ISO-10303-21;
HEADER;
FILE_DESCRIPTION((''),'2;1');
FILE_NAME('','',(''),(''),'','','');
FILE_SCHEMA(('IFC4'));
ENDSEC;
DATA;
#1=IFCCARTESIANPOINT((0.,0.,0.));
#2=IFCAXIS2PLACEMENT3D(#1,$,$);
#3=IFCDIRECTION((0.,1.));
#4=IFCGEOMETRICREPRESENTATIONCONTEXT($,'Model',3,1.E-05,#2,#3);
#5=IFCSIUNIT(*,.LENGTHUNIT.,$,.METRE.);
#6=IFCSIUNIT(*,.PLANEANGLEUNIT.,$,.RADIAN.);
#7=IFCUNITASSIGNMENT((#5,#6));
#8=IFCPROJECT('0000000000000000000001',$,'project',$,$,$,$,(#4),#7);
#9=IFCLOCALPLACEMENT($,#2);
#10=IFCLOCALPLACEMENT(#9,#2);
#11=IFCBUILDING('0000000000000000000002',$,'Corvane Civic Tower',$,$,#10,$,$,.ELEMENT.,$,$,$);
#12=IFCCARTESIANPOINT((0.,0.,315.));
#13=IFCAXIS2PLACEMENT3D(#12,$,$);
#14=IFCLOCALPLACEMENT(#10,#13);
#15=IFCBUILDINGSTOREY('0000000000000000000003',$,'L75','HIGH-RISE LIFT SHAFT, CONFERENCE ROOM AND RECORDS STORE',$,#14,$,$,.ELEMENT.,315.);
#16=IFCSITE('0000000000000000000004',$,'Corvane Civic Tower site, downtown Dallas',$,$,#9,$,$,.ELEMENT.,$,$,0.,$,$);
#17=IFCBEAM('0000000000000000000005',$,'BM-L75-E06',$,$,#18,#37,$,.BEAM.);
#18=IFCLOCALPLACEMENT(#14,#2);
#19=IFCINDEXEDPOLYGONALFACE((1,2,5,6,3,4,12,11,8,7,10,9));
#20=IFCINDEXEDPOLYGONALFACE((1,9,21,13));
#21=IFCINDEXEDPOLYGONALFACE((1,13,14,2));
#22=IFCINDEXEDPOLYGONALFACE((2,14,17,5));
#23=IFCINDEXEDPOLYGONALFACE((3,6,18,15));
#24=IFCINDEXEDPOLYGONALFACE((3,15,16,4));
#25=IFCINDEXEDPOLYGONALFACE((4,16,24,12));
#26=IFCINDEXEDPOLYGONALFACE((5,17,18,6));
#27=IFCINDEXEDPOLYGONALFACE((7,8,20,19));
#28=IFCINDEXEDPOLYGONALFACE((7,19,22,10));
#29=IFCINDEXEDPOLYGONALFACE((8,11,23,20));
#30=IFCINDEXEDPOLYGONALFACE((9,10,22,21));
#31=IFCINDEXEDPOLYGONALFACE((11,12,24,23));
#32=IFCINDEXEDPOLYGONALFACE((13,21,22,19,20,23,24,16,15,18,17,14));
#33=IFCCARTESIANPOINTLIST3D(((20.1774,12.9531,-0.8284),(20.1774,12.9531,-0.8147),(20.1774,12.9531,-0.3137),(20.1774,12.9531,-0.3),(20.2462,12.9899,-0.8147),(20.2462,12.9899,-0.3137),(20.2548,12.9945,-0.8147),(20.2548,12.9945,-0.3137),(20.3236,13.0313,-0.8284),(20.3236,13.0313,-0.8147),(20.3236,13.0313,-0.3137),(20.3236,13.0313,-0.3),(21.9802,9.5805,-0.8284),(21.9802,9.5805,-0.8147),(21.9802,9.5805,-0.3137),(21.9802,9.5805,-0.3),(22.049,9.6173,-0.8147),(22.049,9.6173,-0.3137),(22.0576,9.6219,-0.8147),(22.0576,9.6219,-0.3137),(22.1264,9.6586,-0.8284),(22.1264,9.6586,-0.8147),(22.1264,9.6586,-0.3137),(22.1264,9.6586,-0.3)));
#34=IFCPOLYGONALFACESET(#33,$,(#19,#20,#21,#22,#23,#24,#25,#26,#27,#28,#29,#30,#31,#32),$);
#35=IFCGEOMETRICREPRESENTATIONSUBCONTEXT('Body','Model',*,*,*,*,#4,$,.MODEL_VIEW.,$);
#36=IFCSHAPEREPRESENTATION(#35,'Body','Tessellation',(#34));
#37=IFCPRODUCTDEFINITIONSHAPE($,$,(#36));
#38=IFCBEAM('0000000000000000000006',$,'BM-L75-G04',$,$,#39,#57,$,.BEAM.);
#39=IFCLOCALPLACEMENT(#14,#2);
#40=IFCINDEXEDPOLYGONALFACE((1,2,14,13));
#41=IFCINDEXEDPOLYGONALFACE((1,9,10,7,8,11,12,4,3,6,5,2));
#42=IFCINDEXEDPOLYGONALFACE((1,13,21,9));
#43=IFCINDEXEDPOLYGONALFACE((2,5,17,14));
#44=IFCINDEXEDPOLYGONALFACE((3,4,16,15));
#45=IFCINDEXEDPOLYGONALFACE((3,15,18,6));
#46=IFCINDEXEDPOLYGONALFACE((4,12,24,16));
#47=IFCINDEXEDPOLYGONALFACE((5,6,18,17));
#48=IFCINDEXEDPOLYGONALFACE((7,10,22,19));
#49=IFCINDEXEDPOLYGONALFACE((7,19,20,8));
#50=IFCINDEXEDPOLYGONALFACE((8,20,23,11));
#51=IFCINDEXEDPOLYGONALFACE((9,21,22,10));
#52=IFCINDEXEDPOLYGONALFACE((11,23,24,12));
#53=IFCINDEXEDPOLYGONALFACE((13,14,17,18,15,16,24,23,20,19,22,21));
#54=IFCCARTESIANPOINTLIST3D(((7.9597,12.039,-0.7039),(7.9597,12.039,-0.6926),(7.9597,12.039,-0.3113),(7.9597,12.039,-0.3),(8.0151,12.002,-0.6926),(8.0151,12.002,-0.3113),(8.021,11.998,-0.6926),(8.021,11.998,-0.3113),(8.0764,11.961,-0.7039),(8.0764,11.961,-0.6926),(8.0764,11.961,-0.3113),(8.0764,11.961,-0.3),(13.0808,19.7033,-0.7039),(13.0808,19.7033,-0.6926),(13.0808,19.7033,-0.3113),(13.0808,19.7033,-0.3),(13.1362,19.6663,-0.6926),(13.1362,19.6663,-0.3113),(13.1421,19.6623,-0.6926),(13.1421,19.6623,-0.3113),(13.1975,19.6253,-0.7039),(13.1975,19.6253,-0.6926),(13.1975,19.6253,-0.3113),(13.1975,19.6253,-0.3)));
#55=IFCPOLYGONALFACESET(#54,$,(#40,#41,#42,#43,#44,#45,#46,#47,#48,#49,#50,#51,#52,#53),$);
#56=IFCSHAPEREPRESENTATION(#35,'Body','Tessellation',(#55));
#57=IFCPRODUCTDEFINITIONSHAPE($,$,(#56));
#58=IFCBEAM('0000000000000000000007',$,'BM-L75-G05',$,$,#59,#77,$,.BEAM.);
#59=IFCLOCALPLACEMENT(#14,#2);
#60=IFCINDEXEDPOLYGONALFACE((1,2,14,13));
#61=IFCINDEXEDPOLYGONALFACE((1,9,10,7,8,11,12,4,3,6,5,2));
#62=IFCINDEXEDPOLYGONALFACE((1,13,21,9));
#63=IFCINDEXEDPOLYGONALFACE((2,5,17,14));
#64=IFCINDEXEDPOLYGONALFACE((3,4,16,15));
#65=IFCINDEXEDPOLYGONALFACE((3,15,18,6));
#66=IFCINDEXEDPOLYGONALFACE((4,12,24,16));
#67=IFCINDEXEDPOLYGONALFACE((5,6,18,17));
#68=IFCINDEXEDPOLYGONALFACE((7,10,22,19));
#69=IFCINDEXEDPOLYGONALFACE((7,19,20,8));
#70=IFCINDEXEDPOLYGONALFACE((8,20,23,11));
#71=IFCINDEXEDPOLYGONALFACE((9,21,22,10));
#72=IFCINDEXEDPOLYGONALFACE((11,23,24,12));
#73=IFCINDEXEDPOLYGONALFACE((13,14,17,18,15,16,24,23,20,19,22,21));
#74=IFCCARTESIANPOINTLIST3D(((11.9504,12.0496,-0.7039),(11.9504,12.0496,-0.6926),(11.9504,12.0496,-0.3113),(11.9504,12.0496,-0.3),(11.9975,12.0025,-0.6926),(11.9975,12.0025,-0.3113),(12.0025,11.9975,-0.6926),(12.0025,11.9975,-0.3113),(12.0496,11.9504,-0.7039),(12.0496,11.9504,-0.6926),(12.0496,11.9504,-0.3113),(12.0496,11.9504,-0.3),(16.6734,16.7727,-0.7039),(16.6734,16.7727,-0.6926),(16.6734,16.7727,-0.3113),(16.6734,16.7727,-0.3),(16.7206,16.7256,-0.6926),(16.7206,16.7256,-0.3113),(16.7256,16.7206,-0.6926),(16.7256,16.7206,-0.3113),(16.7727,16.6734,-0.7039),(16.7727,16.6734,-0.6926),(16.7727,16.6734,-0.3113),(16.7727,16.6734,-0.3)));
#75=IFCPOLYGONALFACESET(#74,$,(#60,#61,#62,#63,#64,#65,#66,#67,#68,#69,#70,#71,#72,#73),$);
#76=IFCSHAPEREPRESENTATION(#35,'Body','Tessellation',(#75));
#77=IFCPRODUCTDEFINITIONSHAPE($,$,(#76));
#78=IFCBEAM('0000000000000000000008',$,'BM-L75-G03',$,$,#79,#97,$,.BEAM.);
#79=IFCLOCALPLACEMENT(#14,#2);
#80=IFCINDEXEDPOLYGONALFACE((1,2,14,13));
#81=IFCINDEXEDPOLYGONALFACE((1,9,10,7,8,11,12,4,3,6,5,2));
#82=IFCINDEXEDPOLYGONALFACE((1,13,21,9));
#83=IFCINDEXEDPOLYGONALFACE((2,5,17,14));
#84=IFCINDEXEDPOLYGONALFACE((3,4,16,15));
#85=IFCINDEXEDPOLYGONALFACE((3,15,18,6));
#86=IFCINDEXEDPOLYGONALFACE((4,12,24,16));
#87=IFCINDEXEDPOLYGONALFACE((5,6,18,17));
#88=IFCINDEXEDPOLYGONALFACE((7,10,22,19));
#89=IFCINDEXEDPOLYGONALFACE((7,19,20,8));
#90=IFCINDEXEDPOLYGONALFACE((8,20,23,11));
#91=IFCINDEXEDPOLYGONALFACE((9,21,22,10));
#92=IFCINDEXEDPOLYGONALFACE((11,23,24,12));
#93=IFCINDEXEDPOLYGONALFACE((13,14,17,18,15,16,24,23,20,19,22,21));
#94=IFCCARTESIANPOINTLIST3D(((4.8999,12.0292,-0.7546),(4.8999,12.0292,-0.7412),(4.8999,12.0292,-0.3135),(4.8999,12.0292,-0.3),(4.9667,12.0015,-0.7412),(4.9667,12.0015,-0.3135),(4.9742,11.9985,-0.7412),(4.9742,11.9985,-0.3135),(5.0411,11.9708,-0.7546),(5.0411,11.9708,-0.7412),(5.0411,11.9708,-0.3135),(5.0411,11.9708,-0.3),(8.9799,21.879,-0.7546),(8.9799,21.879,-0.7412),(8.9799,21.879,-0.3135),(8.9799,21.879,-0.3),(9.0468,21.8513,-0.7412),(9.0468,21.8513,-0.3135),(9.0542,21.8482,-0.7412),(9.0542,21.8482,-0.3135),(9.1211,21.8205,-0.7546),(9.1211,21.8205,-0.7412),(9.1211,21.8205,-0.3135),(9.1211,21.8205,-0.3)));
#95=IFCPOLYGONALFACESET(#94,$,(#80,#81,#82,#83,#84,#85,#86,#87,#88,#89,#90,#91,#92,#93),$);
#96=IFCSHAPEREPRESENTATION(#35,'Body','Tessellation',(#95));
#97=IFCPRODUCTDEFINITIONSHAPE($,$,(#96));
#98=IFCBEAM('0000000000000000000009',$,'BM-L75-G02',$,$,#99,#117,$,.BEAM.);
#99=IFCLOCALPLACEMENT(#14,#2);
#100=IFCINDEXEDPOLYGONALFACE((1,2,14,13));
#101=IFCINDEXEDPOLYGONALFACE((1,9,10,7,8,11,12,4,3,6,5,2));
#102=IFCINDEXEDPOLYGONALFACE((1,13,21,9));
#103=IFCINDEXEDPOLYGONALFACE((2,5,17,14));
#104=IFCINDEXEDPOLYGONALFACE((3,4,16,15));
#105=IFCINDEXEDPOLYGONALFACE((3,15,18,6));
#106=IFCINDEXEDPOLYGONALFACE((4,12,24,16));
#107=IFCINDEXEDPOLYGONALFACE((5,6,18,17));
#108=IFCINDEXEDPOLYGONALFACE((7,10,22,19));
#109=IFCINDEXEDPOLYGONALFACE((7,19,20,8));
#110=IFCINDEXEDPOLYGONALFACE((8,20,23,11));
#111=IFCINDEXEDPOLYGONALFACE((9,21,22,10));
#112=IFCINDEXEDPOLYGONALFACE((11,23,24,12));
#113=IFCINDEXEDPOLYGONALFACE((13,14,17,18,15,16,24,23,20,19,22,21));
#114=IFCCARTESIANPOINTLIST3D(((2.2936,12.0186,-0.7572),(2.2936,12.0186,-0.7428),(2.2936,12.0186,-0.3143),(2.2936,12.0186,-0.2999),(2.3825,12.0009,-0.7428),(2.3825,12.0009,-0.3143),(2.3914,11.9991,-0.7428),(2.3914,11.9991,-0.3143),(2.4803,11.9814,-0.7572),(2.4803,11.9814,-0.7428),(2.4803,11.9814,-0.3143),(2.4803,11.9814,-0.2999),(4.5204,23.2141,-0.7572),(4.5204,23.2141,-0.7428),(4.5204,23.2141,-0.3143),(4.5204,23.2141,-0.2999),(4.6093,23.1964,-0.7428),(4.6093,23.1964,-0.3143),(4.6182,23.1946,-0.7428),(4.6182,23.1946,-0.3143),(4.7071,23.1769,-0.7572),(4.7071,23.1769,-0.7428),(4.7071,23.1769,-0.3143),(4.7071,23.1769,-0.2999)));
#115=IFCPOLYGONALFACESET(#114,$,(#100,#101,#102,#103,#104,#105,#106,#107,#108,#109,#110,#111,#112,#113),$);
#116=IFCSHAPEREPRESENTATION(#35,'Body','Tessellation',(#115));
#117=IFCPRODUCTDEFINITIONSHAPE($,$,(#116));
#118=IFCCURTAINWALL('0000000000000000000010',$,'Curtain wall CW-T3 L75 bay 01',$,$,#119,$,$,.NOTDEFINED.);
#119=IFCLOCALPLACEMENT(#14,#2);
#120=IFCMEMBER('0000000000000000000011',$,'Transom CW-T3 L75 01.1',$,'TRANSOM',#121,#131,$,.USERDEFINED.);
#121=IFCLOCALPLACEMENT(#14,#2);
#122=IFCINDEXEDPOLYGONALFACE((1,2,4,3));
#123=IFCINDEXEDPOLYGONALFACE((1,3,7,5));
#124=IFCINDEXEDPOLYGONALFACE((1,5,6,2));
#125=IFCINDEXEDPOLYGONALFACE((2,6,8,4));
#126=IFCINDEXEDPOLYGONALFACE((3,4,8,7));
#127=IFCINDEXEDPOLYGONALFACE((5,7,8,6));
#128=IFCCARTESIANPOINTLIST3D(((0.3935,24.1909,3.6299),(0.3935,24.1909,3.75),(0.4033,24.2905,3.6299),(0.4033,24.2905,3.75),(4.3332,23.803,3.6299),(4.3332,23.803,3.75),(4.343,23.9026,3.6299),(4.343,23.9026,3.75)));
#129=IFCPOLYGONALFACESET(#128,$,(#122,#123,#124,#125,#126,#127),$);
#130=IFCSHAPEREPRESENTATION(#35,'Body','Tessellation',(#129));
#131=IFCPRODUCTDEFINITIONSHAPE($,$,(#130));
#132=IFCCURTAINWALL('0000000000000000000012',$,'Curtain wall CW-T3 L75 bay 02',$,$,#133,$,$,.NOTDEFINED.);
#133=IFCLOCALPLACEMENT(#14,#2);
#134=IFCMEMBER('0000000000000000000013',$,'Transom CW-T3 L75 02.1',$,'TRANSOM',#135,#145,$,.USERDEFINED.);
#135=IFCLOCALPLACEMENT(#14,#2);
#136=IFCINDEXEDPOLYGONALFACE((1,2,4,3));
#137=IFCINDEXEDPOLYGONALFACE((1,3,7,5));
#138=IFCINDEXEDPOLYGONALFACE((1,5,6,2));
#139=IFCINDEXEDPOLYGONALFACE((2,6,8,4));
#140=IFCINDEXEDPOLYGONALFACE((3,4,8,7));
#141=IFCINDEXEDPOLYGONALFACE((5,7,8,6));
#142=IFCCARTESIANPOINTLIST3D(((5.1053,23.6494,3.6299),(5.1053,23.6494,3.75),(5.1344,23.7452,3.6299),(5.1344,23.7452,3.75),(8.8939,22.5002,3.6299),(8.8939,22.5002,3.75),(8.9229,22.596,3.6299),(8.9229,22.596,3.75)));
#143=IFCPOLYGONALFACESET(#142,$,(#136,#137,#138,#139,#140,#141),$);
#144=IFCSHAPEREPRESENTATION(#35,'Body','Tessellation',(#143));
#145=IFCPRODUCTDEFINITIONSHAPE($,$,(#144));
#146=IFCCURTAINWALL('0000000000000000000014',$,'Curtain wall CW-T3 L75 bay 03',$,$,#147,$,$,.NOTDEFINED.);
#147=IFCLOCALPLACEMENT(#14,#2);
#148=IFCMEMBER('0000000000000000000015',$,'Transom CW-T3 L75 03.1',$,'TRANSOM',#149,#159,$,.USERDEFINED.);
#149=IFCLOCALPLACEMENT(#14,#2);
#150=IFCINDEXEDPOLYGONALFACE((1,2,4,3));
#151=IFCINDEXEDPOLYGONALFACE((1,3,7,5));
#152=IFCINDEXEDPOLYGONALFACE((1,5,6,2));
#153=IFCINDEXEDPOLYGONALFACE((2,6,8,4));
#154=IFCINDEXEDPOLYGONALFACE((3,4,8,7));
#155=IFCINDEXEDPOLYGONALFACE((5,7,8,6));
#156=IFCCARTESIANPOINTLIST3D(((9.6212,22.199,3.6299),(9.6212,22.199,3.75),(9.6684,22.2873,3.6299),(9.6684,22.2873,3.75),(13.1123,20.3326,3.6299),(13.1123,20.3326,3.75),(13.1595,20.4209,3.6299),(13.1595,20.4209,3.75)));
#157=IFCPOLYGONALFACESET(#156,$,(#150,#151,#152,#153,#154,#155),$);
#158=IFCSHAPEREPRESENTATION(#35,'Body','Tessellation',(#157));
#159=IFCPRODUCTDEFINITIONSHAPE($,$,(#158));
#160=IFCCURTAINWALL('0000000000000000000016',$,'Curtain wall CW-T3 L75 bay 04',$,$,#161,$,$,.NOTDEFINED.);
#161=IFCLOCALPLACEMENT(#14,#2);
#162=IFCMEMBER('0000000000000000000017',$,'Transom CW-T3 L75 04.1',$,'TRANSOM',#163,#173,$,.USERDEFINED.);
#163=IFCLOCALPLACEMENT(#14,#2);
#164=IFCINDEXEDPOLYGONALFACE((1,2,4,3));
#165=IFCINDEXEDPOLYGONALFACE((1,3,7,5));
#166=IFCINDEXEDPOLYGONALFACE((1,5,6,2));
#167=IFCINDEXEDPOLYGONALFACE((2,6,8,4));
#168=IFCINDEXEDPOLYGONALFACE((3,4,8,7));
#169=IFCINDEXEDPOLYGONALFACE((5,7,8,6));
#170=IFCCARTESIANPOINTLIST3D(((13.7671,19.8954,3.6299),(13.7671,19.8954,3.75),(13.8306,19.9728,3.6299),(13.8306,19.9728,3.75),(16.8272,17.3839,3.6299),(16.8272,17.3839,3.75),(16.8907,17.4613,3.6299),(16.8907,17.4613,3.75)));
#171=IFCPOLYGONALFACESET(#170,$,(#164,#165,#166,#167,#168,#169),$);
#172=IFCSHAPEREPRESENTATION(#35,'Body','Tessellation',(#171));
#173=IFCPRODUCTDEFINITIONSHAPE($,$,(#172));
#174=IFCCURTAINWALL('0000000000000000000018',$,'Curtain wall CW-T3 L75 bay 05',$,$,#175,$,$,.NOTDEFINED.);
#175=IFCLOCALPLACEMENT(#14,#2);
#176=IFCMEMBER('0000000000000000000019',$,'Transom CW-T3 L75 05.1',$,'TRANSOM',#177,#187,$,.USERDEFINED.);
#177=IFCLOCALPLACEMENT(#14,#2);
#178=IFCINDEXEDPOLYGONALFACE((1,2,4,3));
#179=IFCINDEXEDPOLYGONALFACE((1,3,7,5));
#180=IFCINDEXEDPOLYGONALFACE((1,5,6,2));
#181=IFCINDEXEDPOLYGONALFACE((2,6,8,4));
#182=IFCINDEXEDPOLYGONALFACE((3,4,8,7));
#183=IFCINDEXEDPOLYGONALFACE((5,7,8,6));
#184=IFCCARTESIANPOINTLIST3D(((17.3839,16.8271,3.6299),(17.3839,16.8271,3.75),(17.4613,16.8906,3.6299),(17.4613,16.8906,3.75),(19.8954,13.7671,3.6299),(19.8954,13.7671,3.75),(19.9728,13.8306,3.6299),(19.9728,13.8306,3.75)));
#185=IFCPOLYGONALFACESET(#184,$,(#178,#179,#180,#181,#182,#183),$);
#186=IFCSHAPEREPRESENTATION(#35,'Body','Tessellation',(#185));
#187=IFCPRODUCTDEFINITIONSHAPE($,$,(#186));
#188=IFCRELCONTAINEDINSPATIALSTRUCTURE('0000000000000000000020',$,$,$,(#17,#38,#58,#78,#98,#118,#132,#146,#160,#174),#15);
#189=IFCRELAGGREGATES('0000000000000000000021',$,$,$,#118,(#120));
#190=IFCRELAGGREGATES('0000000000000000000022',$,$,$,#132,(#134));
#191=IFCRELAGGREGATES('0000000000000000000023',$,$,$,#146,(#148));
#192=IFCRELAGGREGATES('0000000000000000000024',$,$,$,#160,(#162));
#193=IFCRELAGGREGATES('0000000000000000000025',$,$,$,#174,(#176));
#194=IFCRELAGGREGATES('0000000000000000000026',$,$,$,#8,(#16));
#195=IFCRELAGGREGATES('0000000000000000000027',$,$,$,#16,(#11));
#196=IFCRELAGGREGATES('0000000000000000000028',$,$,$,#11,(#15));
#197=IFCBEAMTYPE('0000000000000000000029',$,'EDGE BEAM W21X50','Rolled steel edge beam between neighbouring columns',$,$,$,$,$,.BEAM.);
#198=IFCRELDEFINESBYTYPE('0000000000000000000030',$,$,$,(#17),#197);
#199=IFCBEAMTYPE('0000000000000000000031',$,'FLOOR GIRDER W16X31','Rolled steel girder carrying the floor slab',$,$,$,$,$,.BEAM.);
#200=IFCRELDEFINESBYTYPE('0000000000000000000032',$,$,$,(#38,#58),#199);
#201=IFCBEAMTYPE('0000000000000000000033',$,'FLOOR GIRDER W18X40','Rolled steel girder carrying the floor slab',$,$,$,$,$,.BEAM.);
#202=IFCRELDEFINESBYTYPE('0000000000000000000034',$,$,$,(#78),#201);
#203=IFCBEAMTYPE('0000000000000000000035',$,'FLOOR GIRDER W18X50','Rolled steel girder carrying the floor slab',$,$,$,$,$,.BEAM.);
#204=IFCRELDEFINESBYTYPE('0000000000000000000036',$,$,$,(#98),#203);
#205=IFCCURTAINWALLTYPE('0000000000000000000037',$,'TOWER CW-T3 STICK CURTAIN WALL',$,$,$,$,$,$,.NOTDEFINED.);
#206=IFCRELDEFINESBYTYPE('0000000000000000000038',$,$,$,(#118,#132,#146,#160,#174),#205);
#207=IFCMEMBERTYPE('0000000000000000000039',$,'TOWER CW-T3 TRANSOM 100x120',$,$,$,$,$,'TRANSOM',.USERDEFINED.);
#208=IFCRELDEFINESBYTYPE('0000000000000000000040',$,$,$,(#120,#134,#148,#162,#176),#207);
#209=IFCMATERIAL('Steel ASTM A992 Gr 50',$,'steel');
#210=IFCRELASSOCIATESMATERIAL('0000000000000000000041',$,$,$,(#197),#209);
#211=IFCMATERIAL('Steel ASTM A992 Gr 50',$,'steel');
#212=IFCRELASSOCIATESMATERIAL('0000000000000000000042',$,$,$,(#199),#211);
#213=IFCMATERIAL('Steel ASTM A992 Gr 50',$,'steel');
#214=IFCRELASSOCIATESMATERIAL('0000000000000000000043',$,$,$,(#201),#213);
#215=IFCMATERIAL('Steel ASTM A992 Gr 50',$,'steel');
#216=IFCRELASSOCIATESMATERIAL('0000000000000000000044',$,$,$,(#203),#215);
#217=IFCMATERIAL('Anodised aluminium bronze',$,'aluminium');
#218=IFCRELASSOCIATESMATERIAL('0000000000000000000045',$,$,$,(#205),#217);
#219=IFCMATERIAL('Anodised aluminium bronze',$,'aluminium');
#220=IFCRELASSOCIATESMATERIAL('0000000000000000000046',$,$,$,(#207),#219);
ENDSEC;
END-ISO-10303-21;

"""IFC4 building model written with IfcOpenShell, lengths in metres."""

from ifc_helpers import new_model, si_unit, direction, frame, origin, origin_2d, place, context, subcontext, project, spatial, rectangle, i_section, extrude, material, material_profile, profile_set, type_object, element, aggregate, save


model = new_model("IFC4")

# Units and contexts
model_context = context("Model", 3, precision=1e-05, world=origin(), true_north=direction((0.0, 1.0)))
body_context = subcontext(model_context, "Body", "Model", "MODEL_VIEW")
ifc_project = project(units=[si_unit("LENGTHUNIT", "METRE"), si_unit("PLANEANGLEUNIT", "RADIAN")], contexts=[model_context])

# Site, building, storey
site_placement = place(None, origin())
site = spatial("IfcSite", under=ifc_project, at=site_placement, Name="Corvane Civic Tower site, downtown Dallas", CompositionType="ELEMENT", RefElevation=0.0)
building_placement = place(site_placement, origin())
building = spatial("IfcBuilding", under=site, at=building_placement, Name="Corvane Civic Tower", CompositionType="ELEMENT")
storey_placement = place(building_placement, frame((0.0, 0.0, 315.0)))
storey = spatial("IfcBuildingStorey", under=building, at=storey_placement, Name="L75", Description="HIGH-RISE LIFT SHAFT, CONFERENCE ROOM AND RECORDS STORE", CompositionType="ELEMENT", Elevation=315.0)

# Beams
ifc_material_1 = material(Name="Steel ASTM A992 Gr 50", Category="steel")
ifc_material_profile_1 = material_profile(ifc_material_1, i_section(OverallWidth=0.1658, OverallDepth=0.5283, WebThickness=0.0098, FlangeThickness=0.0137, at=origin_2d()), Name="W21X50")
ifc_profile_set_1 = profile_set([ifc_material_profile_1], Name="Steel ASTM A992 Gr 50")
beam_type_1 = type_object("IfcBeamType", Name="EDGE BEAM W21X50", Description="Rolled steel edge beam between neighbouring columns", PredefinedType="BEAM", material=ifc_profile_set_1)
beam_1_placement = place(storey_placement, frame((20.2505, 12.9922, -0.5642), z_axis=(0.47141, -0.881914, 0.0), x_axis=(0.881914, 0.47141, 0.0)))
element("IfcBeam", 1, at=beam_1_placement, inside=storey, type_object=beam_type_1, Name="BM-L75-E06", PredefinedType="BEAM", context=body_context, shape_type="SweptSolid", body=[
    extrude(i_section(OverallWidth=0.1658, OverallDepth=0.5283, WebThickness=0.0098, FlangeThickness=0.0137, at=origin_2d()), origin(), (0.0, 0.0, 1.0), 3.8242),
])
ifc_material_2 = material(Name="Steel ASTM A992 Gr 50", Category="steel")
ifc_material_profile_2 = material_profile(ifc_material_2, i_section(OverallWidth=0.1404, OverallDepth=0.4038, WebThickness=0.0071, FlangeThickness=0.0112, at=origin_2d()), Name="W16X31")
ifc_profile_set_2 = profile_set([ifc_material_profile_2], Name="Steel ASTM A992 Gr 50")
beam_type_2 = type_object("IfcBeamType", Name="FLOOR GIRDER W16X31", Description="Rolled steel girder carrying the floor slab", PredefinedType="BEAM", material=ifc_profile_set_2)
beam_2_placement = place(storey_placement, frame((8.0181, 12.0, -0.502), z_axis=(0.555568, 0.831471, 0.0), x_axis=(-0.831471, 0.555568, 0.0)))
element("IfcBeam", 2, at=beam_2_placement, inside=storey, type_object=beam_type_2, Name="BM-L75-G04", PredefinedType="BEAM", context=body_context, shape_type="SweptSolid", body=[
    extrude(i_section(OverallWidth=0.1404, OverallDepth=0.4038, WebThickness=0.0071, FlangeThickness=0.0112, at=origin_2d()), origin(), (0.0, 0.0, 1.0), 9.2178),
])
beam_3_placement = place(storey_placement, frame((12.0, 12.0, -0.502), z_axis=(0.707107, 0.707107, 0.0), x_axis=(-0.707107, 0.707107, 0.0)))
element("IfcBeam", 3, at=beam_3_placement, inside=storey, type_object=beam_type_2, Name="BM-L75-G05", PredefinedType="BEAM", context=body_context, shape_type="SweptSolid", body=[
    extrude(i_section(OverallWidth=0.1404, OverallDepth=0.4038, WebThickness=0.0071, FlangeThickness=0.0112, at=origin_2d()), origin(), (0.0, 0.0, 1.0), 6.6794),
])
ifc_material_3 = material(Name="Steel ASTM A992 Gr 50", Category="steel")
ifc_material_profile_3 = material_profile(ifc_material_3, i_section(OverallWidth=0.1528, OverallDepth=0.4546, WebThickness=0.0081, FlangeThickness=0.0134, at=origin_2d()), Name="W18X40")
ifc_profile_set_3 = profile_set([ifc_material_profile_3], Name="Steel ASTM A992 Gr 50")
beam_type_3 = type_object("IfcBeamType", Name="FLOOR GIRDER W18X40", Description="Rolled steel girder carrying the floor slab", PredefinedType="BEAM", material=ifc_profile_set_3)
beam_4_placement = place(storey_placement, frame((4.9705, 12.0, -0.5273), z_axis=(0.382694, 0.923875, 0.0), x_axis=(-0.923875, 0.382694, 0.0)))
element("IfcBeam", 4, at=beam_4_placement, inside=storey, type_object=beam_type_3, Name="BM-L75-G03", PredefinedType="BEAM", context=body_context, shape_type="SweptSolid", body=[
    extrude(i_section(OverallWidth=0.1528, OverallDepth=0.4546, WebThickness=0.0081, FlangeThickness=0.0134, at=origin_2d()), origin(), (0.0, 0.0, 1.0), 10.6614),
])
ifc_material_4 = material(Name="Steel ASTM A992 Gr 50", Category="steel")
ifc_material_profile_4 = material_profile(ifc_material_4, i_section(OverallWidth=0.1904, OverallDepth=0.4573, WebThickness=0.009, FlangeThickness=0.0144, at=origin_2d()), Name="W18X50")
ifc_profile_set_4 = profile_set([ifc_material_profile_4], Name="Steel ASTM A992 Gr 50")
beam_type_4 = type_object("IfcBeamType", Name="FLOOR GIRDER W18X50", Description="Rolled steel girder carrying the floor slab", PredefinedType="BEAM", material=ifc_profile_set_4)
beam_5_placement = place(storey_placement, frame((2.387, 12.0, -0.5286), z_axis=(0.19508, 0.980787, 0.0), x_axis=(-0.980787, 0.19508, 0.0)))
element("IfcBeam", 5, at=beam_5_placement, inside=storey, type_object=beam_type_4, Name="BM-L75-G02", PredefinedType="BEAM", context=body_context, shape_type="SweptSolid", body=[
    extrude(i_section(OverallWidth=0.1904, OverallDepth=0.4573, WebThickness=0.009, FlangeThickness=0.0144, at=origin_2d()), origin(), (0.0, 0.0, 1.0), 11.4148),
])

# Curtain walls, members
ifc_material_5 = material(Name="Anodised aluminium bronze", Category="aluminium")
curtain_wall_type = type_object("IfcCurtainWallType", Name="TOWER CW-T3 STICK CURTAIN WALL", PredefinedType="NOTDEFINED", material=ifc_material_5)
curtain_wall_1_placement = place(storey_placement, origin())
curtain_wall_1 = element("IfcCurtainWall", 6, at=curtain_wall_1_placement, inside=storey, type_object=curtain_wall_type, Name="Curtain wall CW-T3 L75 bay 01", PredefinedType="NOTDEFINED")
ifc_material_6 = material(Name="Anodised aluminium bronze", Category="aluminium")
ifc_material_profile_5 = material_profile(ifc_material_6, rectangle(XDim=0.1001, YDim=0.1201, at=origin_2d()), Name="TOWER CW-T3 TRANSOM 100x120")
ifc_profile_set_5 = profile_set([ifc_material_profile_5], Name="Anodised aluminium bronze")
member_type = type_object("IfcMemberType", Name="TOWER CW-T3 TRANSOM 100x120", ElementType="TRANSOM", PredefinedType="USERDEFINED", material=ifc_profile_set_5)
member_1_placement = place(storey_placement, frame((0.3984, 24.2407, 3.6899), z_axis=(0.995187, -0.097995, 0.0), x_axis=(0.097995, 0.995187, 0.0)))
member_1 = element("IfcMember", 7, at=member_1_placement, type_object=member_type, Name="Transom CW-T3 L75 01.1", ObjectType="TRANSOM", PredefinedType="USERDEFINED", context=body_context, shape_type="SweptSolid", body=[
    extrude(rectangle(XDim=0.1001, YDim=0.1201, at=origin_2d()), origin(), (0.0, 0.0, 1.0), 3.9587),
])
curtain_wall_2_placement = place(storey_placement, origin())
curtain_wall_2 = element("IfcCurtainWall", 8, at=curtain_wall_2_placement, inside=storey, type_object=curtain_wall_type, Name="Curtain wall CW-T3 L75 bay 02", PredefinedType="NOTDEFINED")
member_2_placement = place(storey_placement, frame((5.1199, 23.6973, 3.6899), z_axis=(0.956946, -0.290266, 0.0), x_axis=(0.290266, 0.956946, 0.0)))
member_2 = element("IfcMember", 9, at=member_2_placement, type_object=member_type, Name="Transom CW-T3 L75 02.1", ObjectType="TRANSOM", PredefinedType="USERDEFINED", context=body_context, shape_type="SweptSolid", body=[
    extrude(rectangle(XDim=0.1001, YDim=0.1201, at=origin_2d()), origin(), (0.0, 0.0, 1.0), 3.959),
])
curtain_wall_3_placement = place(storey_placement, origin())
curtain_wall_3 = element("IfcCurtainWall", 10, at=curtain_wall_3_placement, inside=storey, type_object=curtain_wall_type, Name="Curtain wall CW-T3 L75 bay 03", PredefinedType="NOTDEFINED")
member_3_placement = place(storey_placement, frame((9.6448, 22.2432, 3.6899), z_axis=(0.881883, -0.471468, 0.0), x_axis=(0.471468, 0.881883, 0.0)))
member_3 = element("IfcMember", 11, at=member_3_placement, type_object=member_type, Name="Transom CW-T3 L75 03.1", ObjectType="TRANSOM", PredefinedType="USERDEFINED", context=body_context, shape_type="SweptSolid", body=[
    extrude(rectangle(XDim=0.1001, YDim=0.1201, at=origin_2d()), origin(), (0.0, 0.0, 1.0), 3.9587),
])
curtain_wall_4_placement = place(storey_placement, origin())
curtain_wall_4 = element("IfcCurtainWall", 12, at=curtain_wall_4_placement, inside=storey, type_object=curtain_wall_type, Name="Curtain wall CW-T3 L75 bay 04", PredefinedType="NOTDEFINED")
member_4_placement = place(storey_placement, frame((13.7988, 19.9341, 3.6899), z_axis=(0.772992, -0.634416, 0.0), x_axis=(0.634416, 0.772992, 0.0)))
member_4 = element("IfcMember", 13, at=member_4_placement, type_object=member_type, Name="Transom CW-T3 L75 04.1", ObjectType="TRANSOM", PredefinedType="USERDEFINED", context=body_context, shape_type="SweptSolid", body=[
    extrude(rectangle(XDim=0.1001, YDim=0.1201, at=origin_2d()), origin(), (0.0, 0.0, 1.0), 3.9587),
])
curtain_wall_5_placement = place(storey_placement, origin())
curtain_wall_5 = element("IfcCurtainWall", 14, at=curtain_wall_5_placement, inside=storey, type_object=curtain_wall_type, Name="Curtain wall CW-T3 L75 bay 05", PredefinedType="NOTDEFINED")
member_5_placement = place(storey_placement, frame((17.4226, 16.8589, 3.6899), z_axis=(0.634416, -0.772992, 0.0), x_axis=(0.772992, 0.634416, 0.0)))
member_5 = element("IfcMember", 15, at=member_5_placement, type_object=member_type, Name="Transom CW-T3 L75 05.1", ObjectType="TRANSOM", PredefinedType="USERDEFINED", context=body_context, shape_type="SweptSolid", body=[
    extrude(rectangle(XDim=0.1001, YDim=0.1201, at=origin_2d()), origin(), (0.0, 0.0, 1.0), 3.9587),
])

aggregate(curtain_wall_1, [member_1])
aggregate(curtain_wall_2, [member_2])
aggregate(curtain_wall_3, [member_3])
aggregate(curtain_wall_4, [member_4])
aggregate(curtain_wall_5, [member_5])

save(model, "model.ifc")
